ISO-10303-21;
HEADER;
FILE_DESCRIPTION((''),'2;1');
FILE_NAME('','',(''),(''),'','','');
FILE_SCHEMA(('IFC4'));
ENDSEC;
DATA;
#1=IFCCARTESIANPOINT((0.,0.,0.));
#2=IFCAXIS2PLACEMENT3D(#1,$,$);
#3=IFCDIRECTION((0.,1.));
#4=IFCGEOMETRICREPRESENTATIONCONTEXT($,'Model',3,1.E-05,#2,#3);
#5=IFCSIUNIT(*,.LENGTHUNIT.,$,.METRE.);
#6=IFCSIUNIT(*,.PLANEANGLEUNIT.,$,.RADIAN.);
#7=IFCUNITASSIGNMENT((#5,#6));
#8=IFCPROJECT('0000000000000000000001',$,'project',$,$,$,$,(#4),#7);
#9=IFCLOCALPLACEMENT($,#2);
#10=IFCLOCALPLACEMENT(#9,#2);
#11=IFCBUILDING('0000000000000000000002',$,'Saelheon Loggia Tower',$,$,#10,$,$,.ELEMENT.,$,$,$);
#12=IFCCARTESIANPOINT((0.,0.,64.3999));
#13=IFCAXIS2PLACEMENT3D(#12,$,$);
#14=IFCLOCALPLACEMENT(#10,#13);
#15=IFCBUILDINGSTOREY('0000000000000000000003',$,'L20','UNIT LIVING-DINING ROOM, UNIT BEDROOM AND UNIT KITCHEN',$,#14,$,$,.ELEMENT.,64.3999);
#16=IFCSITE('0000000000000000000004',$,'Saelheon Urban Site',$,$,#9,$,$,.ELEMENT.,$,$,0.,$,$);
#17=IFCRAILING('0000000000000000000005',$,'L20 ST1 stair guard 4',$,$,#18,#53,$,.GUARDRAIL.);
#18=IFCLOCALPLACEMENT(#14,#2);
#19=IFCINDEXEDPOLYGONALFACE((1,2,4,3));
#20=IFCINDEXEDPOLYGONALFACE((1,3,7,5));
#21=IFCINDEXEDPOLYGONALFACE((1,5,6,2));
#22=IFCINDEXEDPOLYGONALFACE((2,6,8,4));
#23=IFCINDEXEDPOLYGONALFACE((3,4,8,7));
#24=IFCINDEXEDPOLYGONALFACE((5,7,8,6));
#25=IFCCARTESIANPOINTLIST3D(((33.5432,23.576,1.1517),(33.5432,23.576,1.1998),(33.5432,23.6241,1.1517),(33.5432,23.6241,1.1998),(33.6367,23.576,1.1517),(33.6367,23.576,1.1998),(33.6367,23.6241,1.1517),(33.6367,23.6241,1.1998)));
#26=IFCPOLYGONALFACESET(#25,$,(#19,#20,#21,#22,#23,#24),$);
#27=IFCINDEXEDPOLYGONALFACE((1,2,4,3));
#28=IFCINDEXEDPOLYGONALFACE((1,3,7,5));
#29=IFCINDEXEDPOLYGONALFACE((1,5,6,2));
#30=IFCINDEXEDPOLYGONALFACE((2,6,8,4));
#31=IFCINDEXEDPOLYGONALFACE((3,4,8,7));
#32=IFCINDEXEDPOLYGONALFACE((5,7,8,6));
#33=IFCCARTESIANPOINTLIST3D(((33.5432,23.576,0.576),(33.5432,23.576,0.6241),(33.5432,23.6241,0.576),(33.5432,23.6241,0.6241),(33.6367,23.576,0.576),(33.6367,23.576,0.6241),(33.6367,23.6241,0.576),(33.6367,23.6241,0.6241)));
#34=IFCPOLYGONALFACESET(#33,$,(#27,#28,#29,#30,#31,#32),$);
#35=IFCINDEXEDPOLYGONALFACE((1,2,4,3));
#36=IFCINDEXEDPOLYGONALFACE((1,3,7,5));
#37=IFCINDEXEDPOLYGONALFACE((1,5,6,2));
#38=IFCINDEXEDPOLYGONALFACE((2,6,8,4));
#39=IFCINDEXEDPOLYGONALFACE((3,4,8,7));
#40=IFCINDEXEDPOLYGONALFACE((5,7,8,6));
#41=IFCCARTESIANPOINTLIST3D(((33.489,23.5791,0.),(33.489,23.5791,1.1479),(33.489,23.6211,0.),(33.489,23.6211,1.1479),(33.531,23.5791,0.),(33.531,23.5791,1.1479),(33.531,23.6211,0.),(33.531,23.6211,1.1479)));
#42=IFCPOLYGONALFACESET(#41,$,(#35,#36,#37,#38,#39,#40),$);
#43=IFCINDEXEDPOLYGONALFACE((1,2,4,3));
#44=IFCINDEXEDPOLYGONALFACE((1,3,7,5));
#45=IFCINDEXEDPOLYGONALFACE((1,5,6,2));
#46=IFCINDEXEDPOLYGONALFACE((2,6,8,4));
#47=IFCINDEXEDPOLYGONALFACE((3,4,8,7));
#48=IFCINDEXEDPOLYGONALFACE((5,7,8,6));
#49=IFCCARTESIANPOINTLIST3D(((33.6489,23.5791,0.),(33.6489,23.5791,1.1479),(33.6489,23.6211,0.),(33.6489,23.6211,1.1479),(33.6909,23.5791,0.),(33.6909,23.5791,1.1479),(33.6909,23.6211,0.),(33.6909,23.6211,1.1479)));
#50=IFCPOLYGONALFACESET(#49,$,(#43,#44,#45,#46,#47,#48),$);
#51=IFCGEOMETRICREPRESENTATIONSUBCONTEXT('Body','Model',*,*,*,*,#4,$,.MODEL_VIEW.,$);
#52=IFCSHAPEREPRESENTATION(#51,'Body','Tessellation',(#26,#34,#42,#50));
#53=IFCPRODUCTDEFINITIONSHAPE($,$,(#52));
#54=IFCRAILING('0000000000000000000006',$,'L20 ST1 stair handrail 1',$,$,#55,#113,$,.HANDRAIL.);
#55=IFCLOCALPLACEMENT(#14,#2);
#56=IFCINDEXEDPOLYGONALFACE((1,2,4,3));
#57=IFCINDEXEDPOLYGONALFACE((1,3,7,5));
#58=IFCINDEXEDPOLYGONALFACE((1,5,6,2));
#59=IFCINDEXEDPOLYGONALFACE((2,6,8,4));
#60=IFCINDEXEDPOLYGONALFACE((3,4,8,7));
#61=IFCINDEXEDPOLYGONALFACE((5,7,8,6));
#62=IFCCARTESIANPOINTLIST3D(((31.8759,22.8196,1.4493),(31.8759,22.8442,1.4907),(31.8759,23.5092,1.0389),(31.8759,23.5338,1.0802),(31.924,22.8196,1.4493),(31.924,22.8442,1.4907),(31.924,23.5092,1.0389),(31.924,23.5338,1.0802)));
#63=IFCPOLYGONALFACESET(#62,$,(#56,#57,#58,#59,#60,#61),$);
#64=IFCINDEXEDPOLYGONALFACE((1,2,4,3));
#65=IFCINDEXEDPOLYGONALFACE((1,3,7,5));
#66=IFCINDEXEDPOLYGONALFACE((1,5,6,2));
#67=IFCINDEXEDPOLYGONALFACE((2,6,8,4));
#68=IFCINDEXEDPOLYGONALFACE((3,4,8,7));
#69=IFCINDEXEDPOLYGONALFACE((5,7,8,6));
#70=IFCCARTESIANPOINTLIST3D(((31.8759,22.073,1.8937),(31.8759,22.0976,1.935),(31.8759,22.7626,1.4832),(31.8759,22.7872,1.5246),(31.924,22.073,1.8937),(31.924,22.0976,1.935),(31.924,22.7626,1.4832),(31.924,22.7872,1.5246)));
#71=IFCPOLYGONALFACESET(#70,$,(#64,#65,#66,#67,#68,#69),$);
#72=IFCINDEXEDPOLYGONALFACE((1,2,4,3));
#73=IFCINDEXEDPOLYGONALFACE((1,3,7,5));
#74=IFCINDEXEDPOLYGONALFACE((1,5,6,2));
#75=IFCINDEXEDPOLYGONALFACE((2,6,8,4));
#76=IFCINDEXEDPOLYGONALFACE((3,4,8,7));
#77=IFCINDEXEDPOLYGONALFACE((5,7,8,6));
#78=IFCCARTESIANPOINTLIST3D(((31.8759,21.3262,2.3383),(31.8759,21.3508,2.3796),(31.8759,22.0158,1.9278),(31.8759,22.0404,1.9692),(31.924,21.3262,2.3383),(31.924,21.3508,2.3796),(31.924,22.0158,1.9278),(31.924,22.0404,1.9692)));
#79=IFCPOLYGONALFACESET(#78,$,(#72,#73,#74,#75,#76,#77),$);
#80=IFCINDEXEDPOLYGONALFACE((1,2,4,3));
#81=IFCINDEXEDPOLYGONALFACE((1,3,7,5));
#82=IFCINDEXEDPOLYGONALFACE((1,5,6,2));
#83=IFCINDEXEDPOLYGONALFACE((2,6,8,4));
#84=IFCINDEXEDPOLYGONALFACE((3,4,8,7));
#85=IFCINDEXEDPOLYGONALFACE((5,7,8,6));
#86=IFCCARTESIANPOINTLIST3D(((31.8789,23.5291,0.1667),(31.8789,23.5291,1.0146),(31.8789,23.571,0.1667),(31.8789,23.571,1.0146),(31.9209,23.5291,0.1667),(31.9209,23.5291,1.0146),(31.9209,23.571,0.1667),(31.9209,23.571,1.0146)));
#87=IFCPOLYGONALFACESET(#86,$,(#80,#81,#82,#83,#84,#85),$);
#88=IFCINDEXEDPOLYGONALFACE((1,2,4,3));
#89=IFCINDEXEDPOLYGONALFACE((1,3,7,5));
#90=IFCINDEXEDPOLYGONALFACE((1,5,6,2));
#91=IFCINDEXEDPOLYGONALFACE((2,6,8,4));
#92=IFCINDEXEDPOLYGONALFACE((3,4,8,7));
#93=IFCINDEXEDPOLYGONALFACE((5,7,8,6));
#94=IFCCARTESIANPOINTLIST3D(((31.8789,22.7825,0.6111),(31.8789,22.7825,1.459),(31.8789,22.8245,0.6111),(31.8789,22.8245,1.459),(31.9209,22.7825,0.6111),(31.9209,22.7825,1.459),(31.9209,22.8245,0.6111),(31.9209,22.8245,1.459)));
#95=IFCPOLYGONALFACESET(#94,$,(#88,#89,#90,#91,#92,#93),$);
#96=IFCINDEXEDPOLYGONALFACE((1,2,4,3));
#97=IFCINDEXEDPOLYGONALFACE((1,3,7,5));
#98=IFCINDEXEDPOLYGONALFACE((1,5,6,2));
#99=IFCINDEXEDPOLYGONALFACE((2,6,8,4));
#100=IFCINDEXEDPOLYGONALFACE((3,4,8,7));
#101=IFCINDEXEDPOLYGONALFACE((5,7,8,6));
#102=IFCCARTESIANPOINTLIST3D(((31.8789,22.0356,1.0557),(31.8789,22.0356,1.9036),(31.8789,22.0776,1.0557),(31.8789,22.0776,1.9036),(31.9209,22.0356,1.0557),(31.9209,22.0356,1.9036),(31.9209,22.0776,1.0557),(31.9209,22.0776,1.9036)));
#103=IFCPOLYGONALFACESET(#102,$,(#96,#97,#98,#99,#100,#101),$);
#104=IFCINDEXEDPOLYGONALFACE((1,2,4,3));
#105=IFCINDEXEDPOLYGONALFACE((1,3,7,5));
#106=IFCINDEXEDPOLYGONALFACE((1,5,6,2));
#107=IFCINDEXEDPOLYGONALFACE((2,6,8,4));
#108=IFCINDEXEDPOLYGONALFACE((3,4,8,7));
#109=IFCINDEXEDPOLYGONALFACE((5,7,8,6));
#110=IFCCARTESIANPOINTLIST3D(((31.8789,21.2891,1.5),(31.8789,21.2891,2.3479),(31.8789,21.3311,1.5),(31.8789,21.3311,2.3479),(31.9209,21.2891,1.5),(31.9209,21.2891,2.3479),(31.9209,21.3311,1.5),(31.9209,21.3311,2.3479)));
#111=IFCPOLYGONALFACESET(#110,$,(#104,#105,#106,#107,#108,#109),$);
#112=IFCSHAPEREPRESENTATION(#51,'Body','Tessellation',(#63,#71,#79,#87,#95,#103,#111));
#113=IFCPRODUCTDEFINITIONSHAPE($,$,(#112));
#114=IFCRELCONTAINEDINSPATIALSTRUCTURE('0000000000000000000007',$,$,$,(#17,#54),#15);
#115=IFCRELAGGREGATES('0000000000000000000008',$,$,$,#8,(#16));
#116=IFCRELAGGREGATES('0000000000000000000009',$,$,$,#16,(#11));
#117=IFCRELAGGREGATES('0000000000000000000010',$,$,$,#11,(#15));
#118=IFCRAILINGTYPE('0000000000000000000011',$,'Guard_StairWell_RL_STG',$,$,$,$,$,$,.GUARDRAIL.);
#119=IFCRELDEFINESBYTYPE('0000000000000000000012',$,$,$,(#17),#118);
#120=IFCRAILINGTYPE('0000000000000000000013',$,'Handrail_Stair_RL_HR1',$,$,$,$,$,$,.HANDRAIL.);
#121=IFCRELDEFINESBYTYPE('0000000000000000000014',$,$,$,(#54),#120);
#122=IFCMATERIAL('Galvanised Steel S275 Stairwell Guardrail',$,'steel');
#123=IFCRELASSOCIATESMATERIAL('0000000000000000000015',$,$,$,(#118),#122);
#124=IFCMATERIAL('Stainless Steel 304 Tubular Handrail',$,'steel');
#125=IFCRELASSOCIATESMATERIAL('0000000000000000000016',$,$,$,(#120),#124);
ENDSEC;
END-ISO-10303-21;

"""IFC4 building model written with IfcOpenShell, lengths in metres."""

from ifc_helpers import new_model, si_unit, direction, frame, origin, origin_2d, place, context, subcontext, project, spatial, rectangle, extrude, material, type_object, element, save


model = new_model("IFC4")

# Units and contexts
model_context = context("Model", 3, precision=1e-05, world=origin(), true_north=direction((0.0, 1.0)))
body_context = subcontext(model_context, "Body", "Model", "MODEL_VIEW")
ifc_project = project(units=[si_unit("LENGTHUNIT", "METRE"), si_unit("PLANEANGLEUNIT", "RADIAN")], contexts=[model_context])

# Site, building, storey
site_placement = place(None, origin())
site = spatial("IfcSite", under=ifc_project, at=site_placement, Name="Saelheon Urban Site", CompositionType="ELEMENT", RefElevation=0.0)
building_placement = place(site_placement, origin())
building = spatial("IfcBuilding", under=site, at=building_placement, Name="Saelheon Loggia Tower", CompositionType="ELEMENT")
storey_placement = place(building_placement, frame((0.0, 0.0, 64.3999)))
storey = spatial("IfcBuildingStorey", under=building, at=storey_placement, Name="L20", Description="UNIT LIVING-DINING ROOM, UNIT BEDROOM AND UNIT KITCHEN", CompositionType="ELEMENT", Elevation=64.3999)

# Railings
ifc_material_1 = material(Name="Galvanised Steel S275 Stairwell Guardrail", Category="steel")
railing_type_1 = type_object("IfcRailingType", Name="Guard_StairWell_RL_STG", PredefinedType="GUARDRAIL", material=ifc_material_1)
railing_1_placement = place(storey_placement, frame((33.51, 23.6001, 0.0)))
element("IfcRailing", 1, at=railing_1_placement, inside=storey, type_object=railing_type_1, Name="L20 ST1 stair guard 4", PredefinedType="GUARDRAIL", context=body_context, shape_type="SweptSolid", body=[
    extrude(rectangle(XDim=0.0481, YDim=0.0481, at=origin_2d()), frame((0.0332, 0.0, 1.1758), z_axis=(1.0, 0.0, 0.0), x_axis=(0.0, 1.0, 0.0)), (0.0, 0.0, 1.0), 0.0935),
    extrude(rectangle(XDim=0.0481, YDim=0.0481, at=origin_2d()), frame((0.0332, 0.0, 0.6001), z_axis=(1.0, 0.0, 0.0), x_axis=(0.0, 1.0, 0.0)), (0.0, 0.0, 1.0), 0.0935),
    extrude(rectangle(XDim=0.042, YDim=0.042, at=origin_2d()), origin(), (0.0, 0.0, 1.0), 1.1479),
    extrude(rectangle(XDim=0.042, YDim=0.042, at=origin_2d()), frame((0.1599, 0.0, 0.0)), (0.0, 0.0, 1.0), 1.1479),
])
ifc_material_2 = material(Name="Stainless Steel 304 Tubular Handrail", Category="steel")
railing_type_2 = type_object("IfcRailingType", Name="Handrail_Stair_RL_HR1", PredefinedType="HANDRAIL", material=ifc_material_2)
railing_2_placement = place(storey_placement, frame((31.8999, 23.55, 0.1667)))
element("IfcRailing", 2, at=railing_2_placement, inside=storey, type_object=railing_type_2, Name="L20 ST1 stair handrail 1", PredefinedType="HANDRAIL", context=body_context, shape_type="SweptSolid", body=[
    extrude(rectangle(XDim=0.0481, YDim=0.0481, at=origin_2d()), frame((0.0, -0.0286, 0.8928), z_axis=(0.0, -0.859306, 0.511462), x_axis=(1.0, 0.0, 0.0)), (0.0, 0.0, 1.0), 0.8025),
    extrude(rectangle(XDim=0.0481, YDim=0.0481, at=origin_2d()), frame((0.0, -0.7751, 1.3372), z_axis=(0.0, -0.859306, 0.511462), x_axis=(1.0, 0.0, 0.0)), (0.0, 0.0, 1.0), 0.8025),
    extrude(rectangle(XDim=0.0481, YDim=0.0481, at=origin_2d()), frame((0.0, -1.522, 1.7817), z_axis=(0.0, -0.859306, 0.511462), x_axis=(1.0, 0.0, 0.0)), (0.0, 0.0, 1.0), 0.8025),
    extrude(rectangle(XDim=0.042, YDim=0.042, at=origin_2d()), origin(), (0.0, 0.0, 1.0), 0.8479),
    extrude(rectangle(XDim=0.042, YDim=0.042, at=origin_2d()), frame((0.0, -0.7466, 0.4443)), (0.0, 0.0, 1.0), 0.8479),
    extrude(rectangle(XDim=0.042, YDim=0.042, at=origin_2d()), frame((0.0, -1.4934, 0.8889)), (0.0, 0.0, 1.0), 0.8479),
    extrude(rectangle(XDim=0.042, YDim=0.042, at=origin_2d()), frame((0.0, -2.24, 1.3333)), (0.0, 0.0, 1.0), 0.8479),
])

save(model, "model.ifc")
